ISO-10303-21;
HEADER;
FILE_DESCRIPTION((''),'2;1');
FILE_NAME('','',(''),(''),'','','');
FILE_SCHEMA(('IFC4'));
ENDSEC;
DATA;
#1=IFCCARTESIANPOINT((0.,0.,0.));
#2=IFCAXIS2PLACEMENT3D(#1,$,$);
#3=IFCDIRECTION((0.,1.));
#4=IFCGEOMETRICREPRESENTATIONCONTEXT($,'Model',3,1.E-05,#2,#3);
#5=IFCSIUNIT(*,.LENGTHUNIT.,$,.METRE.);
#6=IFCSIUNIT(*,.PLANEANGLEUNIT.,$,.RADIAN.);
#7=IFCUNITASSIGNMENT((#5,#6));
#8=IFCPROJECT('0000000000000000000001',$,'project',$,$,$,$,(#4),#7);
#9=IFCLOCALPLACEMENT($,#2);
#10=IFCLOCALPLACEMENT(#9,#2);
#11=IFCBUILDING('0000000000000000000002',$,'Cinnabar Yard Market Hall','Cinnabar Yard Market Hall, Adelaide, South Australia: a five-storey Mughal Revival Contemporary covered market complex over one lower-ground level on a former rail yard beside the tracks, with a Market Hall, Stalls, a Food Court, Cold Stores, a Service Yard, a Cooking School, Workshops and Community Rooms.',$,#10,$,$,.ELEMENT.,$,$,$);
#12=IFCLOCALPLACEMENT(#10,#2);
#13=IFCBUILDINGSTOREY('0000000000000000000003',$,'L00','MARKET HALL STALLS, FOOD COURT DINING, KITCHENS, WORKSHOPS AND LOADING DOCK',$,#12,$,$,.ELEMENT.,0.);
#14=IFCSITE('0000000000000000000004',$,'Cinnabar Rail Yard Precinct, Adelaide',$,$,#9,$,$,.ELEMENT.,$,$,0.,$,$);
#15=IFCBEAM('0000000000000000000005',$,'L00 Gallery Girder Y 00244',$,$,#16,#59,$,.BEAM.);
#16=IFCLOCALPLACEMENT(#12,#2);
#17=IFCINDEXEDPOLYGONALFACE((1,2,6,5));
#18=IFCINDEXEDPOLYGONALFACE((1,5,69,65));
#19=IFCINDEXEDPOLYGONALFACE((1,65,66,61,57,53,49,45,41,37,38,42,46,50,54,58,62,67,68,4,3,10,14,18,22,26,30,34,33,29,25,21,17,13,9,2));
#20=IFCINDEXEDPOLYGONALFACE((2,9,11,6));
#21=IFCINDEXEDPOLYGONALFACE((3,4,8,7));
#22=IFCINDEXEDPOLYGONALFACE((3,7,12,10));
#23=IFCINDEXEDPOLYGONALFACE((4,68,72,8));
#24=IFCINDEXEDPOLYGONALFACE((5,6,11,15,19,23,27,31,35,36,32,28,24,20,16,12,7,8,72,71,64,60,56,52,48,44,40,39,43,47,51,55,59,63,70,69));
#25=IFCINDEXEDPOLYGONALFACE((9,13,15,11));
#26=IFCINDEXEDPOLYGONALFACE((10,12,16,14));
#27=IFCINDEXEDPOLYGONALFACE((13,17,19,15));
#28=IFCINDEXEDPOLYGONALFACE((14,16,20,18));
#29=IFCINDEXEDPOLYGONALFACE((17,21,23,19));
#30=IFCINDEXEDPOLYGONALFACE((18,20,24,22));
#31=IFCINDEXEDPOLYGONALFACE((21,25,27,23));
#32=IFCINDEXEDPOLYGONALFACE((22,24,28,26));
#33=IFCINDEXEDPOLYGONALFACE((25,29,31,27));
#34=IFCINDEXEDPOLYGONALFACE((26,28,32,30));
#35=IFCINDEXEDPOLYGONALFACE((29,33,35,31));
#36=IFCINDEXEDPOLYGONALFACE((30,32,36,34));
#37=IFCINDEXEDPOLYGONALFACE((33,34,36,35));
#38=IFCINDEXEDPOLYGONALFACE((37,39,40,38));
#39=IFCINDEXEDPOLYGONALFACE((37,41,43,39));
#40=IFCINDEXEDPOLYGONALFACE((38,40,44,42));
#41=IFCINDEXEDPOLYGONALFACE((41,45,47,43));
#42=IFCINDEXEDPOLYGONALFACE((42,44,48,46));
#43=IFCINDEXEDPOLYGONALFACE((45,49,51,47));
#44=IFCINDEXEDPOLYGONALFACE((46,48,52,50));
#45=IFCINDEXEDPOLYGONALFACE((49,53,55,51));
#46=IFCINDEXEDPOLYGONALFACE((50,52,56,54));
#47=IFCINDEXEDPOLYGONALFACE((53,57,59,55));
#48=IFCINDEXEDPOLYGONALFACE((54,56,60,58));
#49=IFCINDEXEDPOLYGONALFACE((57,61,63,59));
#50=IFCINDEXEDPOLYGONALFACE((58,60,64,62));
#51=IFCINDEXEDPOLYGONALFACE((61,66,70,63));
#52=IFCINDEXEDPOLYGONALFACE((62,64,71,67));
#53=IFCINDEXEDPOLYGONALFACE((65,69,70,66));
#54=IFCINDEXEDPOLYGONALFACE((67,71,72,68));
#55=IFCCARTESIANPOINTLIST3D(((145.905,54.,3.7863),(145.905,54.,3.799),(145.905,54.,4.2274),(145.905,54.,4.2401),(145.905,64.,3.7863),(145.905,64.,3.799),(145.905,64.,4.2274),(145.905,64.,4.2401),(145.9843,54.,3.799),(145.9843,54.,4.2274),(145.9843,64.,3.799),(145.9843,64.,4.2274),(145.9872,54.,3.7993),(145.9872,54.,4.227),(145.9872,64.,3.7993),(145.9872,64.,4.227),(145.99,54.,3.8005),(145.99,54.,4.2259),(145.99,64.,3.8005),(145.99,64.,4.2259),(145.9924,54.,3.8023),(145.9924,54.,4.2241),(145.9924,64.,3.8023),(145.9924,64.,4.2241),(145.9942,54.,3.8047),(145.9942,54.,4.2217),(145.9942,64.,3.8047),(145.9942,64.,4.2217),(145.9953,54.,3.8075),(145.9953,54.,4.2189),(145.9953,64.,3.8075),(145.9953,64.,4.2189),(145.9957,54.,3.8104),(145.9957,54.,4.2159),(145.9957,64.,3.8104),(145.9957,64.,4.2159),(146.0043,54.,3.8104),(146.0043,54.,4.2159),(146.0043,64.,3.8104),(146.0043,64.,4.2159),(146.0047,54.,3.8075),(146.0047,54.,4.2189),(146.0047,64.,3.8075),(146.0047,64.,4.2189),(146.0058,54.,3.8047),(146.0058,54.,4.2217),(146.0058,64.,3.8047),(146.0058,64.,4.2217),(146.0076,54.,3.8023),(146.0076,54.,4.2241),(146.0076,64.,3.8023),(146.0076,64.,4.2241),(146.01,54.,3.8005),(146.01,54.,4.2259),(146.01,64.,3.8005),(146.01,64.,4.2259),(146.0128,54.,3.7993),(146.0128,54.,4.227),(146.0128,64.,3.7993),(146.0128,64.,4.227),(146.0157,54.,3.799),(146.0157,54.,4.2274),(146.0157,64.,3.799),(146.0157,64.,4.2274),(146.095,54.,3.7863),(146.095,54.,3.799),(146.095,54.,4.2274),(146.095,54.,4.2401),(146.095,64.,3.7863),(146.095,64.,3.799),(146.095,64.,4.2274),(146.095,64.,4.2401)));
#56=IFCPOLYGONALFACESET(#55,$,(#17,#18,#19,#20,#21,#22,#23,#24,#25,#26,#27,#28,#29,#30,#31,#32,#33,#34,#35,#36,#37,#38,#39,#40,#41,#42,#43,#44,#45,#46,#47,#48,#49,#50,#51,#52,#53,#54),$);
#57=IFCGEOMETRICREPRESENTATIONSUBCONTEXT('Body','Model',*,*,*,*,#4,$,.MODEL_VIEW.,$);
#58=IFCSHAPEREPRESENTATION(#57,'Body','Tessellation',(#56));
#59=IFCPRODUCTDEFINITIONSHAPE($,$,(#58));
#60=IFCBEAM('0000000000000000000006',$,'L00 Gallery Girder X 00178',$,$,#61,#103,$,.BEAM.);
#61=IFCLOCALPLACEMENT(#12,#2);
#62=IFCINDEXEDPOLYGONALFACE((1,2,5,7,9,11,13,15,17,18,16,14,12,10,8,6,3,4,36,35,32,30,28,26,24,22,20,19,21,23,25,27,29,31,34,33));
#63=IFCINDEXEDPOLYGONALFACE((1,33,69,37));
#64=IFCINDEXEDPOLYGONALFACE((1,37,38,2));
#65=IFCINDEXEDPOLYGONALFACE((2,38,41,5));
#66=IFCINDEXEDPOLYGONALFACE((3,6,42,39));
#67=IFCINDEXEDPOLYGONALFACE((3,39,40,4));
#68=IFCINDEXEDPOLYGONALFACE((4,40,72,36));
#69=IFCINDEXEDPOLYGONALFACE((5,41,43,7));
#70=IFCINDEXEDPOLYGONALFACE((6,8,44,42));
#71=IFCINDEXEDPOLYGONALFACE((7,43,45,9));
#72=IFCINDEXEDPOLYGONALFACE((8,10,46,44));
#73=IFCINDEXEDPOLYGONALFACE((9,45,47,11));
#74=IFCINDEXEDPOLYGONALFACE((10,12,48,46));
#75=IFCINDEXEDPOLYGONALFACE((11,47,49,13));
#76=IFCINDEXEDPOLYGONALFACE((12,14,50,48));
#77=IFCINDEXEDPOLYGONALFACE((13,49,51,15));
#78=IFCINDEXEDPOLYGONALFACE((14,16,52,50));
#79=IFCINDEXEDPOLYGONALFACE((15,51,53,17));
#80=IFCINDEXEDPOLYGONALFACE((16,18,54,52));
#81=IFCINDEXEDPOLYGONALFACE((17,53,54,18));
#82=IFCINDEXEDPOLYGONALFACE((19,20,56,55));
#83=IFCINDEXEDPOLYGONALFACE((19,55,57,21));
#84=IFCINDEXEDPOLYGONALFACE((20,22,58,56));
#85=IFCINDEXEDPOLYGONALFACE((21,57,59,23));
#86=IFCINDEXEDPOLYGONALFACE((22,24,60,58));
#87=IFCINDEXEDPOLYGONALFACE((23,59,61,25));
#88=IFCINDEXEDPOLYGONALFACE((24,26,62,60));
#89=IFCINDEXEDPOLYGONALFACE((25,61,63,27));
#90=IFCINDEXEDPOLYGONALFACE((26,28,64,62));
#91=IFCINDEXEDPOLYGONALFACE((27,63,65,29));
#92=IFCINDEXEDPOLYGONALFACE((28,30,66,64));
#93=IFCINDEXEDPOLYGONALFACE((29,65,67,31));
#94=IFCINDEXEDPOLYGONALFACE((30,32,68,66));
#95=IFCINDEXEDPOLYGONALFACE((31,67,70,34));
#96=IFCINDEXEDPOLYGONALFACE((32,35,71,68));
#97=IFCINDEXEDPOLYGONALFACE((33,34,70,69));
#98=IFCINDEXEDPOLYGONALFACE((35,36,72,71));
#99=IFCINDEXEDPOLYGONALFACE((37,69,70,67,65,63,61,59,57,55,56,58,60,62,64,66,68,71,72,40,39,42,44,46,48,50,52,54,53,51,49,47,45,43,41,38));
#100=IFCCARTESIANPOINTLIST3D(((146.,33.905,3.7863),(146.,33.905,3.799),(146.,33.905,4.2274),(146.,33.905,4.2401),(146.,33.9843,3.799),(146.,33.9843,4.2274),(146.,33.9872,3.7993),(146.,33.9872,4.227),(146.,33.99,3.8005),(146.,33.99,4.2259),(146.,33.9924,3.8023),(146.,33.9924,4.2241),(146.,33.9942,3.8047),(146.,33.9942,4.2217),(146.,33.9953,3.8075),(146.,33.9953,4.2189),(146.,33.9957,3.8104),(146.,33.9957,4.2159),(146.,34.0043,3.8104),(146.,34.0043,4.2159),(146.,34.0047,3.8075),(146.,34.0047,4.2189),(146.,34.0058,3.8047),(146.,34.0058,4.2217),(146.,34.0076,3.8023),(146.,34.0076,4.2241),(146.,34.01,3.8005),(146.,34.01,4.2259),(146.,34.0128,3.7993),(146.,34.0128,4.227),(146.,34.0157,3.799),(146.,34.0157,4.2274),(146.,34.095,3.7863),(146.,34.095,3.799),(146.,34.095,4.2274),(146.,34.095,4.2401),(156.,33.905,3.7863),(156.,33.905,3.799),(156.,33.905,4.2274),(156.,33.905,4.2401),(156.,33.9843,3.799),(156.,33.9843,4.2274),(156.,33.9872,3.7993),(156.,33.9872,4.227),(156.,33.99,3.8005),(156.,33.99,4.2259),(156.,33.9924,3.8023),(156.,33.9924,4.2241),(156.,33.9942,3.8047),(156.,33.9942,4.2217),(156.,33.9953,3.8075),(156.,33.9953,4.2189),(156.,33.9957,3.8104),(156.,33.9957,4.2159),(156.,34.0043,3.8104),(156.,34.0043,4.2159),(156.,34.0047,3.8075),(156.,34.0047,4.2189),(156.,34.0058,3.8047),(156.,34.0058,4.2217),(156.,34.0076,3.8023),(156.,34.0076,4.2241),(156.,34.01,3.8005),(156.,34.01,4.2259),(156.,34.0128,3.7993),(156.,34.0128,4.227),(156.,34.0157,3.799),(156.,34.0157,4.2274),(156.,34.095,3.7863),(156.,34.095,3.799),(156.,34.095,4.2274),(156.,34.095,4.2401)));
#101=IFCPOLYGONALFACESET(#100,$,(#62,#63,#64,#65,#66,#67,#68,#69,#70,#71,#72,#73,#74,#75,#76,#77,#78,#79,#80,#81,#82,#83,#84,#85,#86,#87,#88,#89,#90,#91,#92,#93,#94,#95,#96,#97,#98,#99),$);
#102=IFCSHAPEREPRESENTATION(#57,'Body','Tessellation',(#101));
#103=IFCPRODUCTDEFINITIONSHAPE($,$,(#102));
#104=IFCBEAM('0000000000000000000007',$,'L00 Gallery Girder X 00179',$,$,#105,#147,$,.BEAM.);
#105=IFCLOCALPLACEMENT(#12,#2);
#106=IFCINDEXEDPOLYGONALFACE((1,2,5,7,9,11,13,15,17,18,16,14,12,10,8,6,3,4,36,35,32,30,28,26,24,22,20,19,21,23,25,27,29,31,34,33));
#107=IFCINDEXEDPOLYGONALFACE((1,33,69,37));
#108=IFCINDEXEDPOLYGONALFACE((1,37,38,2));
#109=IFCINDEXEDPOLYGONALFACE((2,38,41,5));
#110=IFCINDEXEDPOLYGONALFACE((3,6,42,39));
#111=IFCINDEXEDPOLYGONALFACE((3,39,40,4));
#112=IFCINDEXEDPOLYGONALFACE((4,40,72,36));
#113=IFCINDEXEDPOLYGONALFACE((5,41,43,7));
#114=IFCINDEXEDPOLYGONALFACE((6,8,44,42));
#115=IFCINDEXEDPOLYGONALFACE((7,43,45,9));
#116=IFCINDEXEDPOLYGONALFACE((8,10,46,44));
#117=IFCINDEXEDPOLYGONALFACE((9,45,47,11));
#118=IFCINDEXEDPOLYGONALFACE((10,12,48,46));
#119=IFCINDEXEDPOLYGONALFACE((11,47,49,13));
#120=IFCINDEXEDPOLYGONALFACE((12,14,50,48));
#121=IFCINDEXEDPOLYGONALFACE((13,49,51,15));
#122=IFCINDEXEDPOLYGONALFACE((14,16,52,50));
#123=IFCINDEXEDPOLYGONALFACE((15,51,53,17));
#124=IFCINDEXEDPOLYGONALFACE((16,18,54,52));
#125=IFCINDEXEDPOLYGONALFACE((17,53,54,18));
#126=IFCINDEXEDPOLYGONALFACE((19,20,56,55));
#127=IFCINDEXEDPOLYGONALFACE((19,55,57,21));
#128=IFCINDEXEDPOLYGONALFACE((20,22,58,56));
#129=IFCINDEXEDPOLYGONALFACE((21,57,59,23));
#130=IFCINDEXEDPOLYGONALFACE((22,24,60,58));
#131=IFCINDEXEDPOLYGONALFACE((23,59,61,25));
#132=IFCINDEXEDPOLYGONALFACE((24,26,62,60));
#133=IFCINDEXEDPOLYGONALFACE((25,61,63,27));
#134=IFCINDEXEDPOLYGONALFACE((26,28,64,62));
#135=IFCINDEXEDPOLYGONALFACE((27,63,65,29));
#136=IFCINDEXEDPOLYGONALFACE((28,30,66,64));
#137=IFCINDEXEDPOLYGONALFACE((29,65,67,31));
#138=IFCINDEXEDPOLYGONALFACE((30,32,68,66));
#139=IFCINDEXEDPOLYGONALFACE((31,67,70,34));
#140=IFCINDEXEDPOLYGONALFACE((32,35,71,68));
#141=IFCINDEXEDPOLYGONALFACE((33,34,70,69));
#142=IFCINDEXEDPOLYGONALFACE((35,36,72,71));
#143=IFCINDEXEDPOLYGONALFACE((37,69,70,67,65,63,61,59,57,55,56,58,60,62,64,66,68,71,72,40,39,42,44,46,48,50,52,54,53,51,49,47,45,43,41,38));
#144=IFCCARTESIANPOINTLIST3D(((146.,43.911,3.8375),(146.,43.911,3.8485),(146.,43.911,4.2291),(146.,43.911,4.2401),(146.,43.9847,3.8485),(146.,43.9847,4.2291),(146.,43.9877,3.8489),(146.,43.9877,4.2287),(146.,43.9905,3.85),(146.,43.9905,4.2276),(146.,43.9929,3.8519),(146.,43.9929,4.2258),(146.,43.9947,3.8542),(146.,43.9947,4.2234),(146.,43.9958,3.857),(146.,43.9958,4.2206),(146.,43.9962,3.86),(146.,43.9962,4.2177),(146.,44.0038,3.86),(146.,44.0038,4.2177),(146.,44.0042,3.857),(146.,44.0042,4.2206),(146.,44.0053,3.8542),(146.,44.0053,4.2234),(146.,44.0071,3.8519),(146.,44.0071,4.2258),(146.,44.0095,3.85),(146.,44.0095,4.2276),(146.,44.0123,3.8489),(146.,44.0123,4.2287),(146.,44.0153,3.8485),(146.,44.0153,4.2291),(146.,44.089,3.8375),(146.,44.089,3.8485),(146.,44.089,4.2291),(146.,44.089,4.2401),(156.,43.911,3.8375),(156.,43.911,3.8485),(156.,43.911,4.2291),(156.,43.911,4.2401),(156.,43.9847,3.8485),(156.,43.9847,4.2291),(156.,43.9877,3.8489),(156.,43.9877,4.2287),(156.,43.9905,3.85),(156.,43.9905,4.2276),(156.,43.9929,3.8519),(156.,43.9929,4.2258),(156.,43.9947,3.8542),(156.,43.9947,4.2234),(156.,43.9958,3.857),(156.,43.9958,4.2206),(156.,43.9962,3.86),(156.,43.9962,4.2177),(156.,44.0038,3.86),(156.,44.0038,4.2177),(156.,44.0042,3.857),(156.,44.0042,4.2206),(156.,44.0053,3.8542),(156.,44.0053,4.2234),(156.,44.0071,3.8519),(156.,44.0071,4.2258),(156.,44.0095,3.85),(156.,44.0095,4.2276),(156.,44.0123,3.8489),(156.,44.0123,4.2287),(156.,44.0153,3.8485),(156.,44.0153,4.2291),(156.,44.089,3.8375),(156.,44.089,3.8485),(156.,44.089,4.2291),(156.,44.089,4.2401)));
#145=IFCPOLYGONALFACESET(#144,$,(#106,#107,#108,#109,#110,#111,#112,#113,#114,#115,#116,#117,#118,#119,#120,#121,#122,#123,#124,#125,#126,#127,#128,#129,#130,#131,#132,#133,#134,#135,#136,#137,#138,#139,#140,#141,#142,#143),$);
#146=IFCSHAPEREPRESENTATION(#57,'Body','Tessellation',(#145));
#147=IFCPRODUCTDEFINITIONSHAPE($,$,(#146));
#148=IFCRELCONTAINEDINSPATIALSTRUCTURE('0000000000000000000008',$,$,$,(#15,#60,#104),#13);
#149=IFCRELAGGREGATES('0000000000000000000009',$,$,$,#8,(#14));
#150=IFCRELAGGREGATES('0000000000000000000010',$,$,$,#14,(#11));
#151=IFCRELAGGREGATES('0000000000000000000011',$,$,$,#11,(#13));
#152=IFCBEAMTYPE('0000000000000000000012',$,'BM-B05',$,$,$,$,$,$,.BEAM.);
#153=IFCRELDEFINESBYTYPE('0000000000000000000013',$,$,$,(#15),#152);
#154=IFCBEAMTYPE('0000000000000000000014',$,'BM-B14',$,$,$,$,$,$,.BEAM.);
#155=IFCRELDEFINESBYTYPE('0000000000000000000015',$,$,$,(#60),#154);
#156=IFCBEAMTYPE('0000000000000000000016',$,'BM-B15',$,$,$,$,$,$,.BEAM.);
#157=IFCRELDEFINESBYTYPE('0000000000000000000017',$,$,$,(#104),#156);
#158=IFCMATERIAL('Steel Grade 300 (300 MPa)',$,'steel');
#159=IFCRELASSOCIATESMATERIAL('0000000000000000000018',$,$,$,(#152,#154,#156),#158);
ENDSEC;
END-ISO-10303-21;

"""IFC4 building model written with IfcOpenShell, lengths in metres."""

from ifc_helpers import new_model, si_unit, direction, frame, origin, origin_2d_with_axis, place, context, subcontext, project, spatial, i_section, extrude, material, material_profile, profile_set, type_object, element, save


model = new_model("IFC4")

# Units and contexts
model_context = context("Model", 3, precision=1e-05, world=origin(), true_north=direction((0.0, 1.0)))
body_context = subcontext(model_context, "Body", "Model", "MODEL_VIEW")
ifc_project = project(units=[si_unit("LENGTHUNIT", "METRE"), si_unit("PLANEANGLEUNIT", "RADIAN")], contexts=[model_context])

# Site, building, storey
site_placement = place(None, origin())
site = spatial("IfcSite", under=ifc_project, at=site_placement, Name="Cinnabar Rail Yard Precinct, Adelaide", CompositionType="ELEMENT", RefElevation=0.0)
building_placement = place(site_placement, origin())
building = spatial("IfcBuilding", under=site, at=building_placement, Name="Cinnabar Yard Market Hall", Description="Cinnabar Yard Market Hall, Adelaide, South Australia: a five-storey Mughal Revival Contemporary covered market complex over one lower-ground level on a former rail yard beside the tracks, with a Market Hall, Stalls, a Food Court, Cold Stores, a Service Yard, a Cooking School, Workshops and Community Rooms.", CompositionType="ELEMENT")
storey_placement = place(building_placement, origin())
storey = spatial("IfcBuildingStorey", under=building, at=storey_placement, Name="L00", Description="MARKET HALL STALLS, FOOD COURT DINING, KITCHENS, WORKSHOPS AND LOADING DOCK", CompositionType="ELEMENT", Elevation=0.0)

# Beams
ifc_material_1 = material(Name="Steel Grade 300 (300 MPa)", Category="steel")
ifc_material_profile_1 = material_profile(ifc_material_1, i_section(OverallWidth=0.1899, OverallDepth=0.4539, WebThickness=0.0085, FlangeThickness=0.0127, FilletRadius=0.0115, at=origin_2d_with_axis()), Name="460UB67.1")
ifc_profile_set_1 = profile_set([ifc_material_profile_1], Name="Steel Grade 300 (300 MPa)")
beam_type_1 = type_object("IfcBeamType", Name="BM-B05", PredefinedType="BEAM", material=ifc_profile_set_1)
for number, where, z_axis, x_axis, name in (
    (1, (146.0, 54.0, 4.0132), (0.0, 1.0, 0.0), (-1.0, 0.0, 0.0), "L00 Gallery Girder Y 00244"),
):
    element("IfcBeam", number, at=place(storey_placement, frame(where, z_axis=z_axis, x_axis=x_axis)), inside=storey, type_object=beam_type_1, Name=name, PredefinedType="BEAM", context=body_context, shape_type="SweptSolid", body=[
        extrude(i_section(OverallWidth=0.1899, OverallDepth=0.4539, WebThickness=0.0085, FlangeThickness=0.0127, FilletRadius=0.0115, at=origin_2d_with_axis()), origin(), (0.0, 0.0, 1.0), 10.0),
    ])
ifc_material_profile_2 = material_profile(ifc_material_1, i_section(OverallWidth=0.1899, OverallDepth=0.4539, WebThickness=0.0085, FlangeThickness=0.0127, FilletRadius=0.0115, at=origin_2d_with_axis()), Name="460UB67.1")
ifc_profile_set_2 = profile_set([ifc_material_profile_2], Name="Steel Grade 300 (300 MPa)")
beam_type_2 = type_object("IfcBeamType", Name="BM-B14", PredefinedType="BEAM", material=ifc_profile_set_2)
beam_1_placement = place(storey_placement, frame((146.0, 34.0, 4.0132), z_axis=(1.0, 0.0, 0.0), x_axis=(0.0, 1.0, 0.0)))
element("IfcBeam", 2, at=beam_1_placement, inside=storey, type_object=beam_type_2, Name="L00 Gallery Girder X 00178", PredefinedType="BEAM", context=body_context, shape_type="SweptSolid", body=[
    extrude(i_section(OverallWidth=0.1899, OverallDepth=0.4539, WebThickness=0.0085, FlangeThickness=0.0127, FilletRadius=0.0115, at=origin_2d_with_axis()), origin(), (0.0, 0.0, 1.0), 10.0),
])
ifc_material_profile_3 = material_profile(ifc_material_1, i_section(OverallWidth=0.178, OverallDepth=0.4026, WebThickness=0.0076, FlangeThickness=0.011, FilletRadius=0.0115, at=origin_2d_with_axis()), Name="410UB53.7")
ifc_profile_set_3 = profile_set([ifc_material_profile_3], Name="Steel Grade 300 (300 MPa)")
beam_type_3 = type_object("IfcBeamType", Name="BM-B15", PredefinedType="BEAM", material=ifc_profile_set_3)
beam_2_placement = place(storey_placement, frame((146.0, 44.0, 4.0388), z_axis=(1.0, 0.0, 0.0), x_axis=(0.0, 1.0, 0.0)))
element("IfcBeam", 3, at=beam_2_placement, inside=storey, type_object=beam_type_3, Name="L00 Gallery Girder X 00179", PredefinedType="BEAM", context=body_context, shape_type="SweptSolid", body=[
    extrude(i_section(OverallWidth=0.178, OverallDepth=0.4026, WebThickness=0.0076, FlangeThickness=0.011, FilletRadius=0.0115, at=origin_2d_with_axis()), origin(), (0.0, 0.0, 1.0), 10.0),
])

save(model, "model.ifc")
